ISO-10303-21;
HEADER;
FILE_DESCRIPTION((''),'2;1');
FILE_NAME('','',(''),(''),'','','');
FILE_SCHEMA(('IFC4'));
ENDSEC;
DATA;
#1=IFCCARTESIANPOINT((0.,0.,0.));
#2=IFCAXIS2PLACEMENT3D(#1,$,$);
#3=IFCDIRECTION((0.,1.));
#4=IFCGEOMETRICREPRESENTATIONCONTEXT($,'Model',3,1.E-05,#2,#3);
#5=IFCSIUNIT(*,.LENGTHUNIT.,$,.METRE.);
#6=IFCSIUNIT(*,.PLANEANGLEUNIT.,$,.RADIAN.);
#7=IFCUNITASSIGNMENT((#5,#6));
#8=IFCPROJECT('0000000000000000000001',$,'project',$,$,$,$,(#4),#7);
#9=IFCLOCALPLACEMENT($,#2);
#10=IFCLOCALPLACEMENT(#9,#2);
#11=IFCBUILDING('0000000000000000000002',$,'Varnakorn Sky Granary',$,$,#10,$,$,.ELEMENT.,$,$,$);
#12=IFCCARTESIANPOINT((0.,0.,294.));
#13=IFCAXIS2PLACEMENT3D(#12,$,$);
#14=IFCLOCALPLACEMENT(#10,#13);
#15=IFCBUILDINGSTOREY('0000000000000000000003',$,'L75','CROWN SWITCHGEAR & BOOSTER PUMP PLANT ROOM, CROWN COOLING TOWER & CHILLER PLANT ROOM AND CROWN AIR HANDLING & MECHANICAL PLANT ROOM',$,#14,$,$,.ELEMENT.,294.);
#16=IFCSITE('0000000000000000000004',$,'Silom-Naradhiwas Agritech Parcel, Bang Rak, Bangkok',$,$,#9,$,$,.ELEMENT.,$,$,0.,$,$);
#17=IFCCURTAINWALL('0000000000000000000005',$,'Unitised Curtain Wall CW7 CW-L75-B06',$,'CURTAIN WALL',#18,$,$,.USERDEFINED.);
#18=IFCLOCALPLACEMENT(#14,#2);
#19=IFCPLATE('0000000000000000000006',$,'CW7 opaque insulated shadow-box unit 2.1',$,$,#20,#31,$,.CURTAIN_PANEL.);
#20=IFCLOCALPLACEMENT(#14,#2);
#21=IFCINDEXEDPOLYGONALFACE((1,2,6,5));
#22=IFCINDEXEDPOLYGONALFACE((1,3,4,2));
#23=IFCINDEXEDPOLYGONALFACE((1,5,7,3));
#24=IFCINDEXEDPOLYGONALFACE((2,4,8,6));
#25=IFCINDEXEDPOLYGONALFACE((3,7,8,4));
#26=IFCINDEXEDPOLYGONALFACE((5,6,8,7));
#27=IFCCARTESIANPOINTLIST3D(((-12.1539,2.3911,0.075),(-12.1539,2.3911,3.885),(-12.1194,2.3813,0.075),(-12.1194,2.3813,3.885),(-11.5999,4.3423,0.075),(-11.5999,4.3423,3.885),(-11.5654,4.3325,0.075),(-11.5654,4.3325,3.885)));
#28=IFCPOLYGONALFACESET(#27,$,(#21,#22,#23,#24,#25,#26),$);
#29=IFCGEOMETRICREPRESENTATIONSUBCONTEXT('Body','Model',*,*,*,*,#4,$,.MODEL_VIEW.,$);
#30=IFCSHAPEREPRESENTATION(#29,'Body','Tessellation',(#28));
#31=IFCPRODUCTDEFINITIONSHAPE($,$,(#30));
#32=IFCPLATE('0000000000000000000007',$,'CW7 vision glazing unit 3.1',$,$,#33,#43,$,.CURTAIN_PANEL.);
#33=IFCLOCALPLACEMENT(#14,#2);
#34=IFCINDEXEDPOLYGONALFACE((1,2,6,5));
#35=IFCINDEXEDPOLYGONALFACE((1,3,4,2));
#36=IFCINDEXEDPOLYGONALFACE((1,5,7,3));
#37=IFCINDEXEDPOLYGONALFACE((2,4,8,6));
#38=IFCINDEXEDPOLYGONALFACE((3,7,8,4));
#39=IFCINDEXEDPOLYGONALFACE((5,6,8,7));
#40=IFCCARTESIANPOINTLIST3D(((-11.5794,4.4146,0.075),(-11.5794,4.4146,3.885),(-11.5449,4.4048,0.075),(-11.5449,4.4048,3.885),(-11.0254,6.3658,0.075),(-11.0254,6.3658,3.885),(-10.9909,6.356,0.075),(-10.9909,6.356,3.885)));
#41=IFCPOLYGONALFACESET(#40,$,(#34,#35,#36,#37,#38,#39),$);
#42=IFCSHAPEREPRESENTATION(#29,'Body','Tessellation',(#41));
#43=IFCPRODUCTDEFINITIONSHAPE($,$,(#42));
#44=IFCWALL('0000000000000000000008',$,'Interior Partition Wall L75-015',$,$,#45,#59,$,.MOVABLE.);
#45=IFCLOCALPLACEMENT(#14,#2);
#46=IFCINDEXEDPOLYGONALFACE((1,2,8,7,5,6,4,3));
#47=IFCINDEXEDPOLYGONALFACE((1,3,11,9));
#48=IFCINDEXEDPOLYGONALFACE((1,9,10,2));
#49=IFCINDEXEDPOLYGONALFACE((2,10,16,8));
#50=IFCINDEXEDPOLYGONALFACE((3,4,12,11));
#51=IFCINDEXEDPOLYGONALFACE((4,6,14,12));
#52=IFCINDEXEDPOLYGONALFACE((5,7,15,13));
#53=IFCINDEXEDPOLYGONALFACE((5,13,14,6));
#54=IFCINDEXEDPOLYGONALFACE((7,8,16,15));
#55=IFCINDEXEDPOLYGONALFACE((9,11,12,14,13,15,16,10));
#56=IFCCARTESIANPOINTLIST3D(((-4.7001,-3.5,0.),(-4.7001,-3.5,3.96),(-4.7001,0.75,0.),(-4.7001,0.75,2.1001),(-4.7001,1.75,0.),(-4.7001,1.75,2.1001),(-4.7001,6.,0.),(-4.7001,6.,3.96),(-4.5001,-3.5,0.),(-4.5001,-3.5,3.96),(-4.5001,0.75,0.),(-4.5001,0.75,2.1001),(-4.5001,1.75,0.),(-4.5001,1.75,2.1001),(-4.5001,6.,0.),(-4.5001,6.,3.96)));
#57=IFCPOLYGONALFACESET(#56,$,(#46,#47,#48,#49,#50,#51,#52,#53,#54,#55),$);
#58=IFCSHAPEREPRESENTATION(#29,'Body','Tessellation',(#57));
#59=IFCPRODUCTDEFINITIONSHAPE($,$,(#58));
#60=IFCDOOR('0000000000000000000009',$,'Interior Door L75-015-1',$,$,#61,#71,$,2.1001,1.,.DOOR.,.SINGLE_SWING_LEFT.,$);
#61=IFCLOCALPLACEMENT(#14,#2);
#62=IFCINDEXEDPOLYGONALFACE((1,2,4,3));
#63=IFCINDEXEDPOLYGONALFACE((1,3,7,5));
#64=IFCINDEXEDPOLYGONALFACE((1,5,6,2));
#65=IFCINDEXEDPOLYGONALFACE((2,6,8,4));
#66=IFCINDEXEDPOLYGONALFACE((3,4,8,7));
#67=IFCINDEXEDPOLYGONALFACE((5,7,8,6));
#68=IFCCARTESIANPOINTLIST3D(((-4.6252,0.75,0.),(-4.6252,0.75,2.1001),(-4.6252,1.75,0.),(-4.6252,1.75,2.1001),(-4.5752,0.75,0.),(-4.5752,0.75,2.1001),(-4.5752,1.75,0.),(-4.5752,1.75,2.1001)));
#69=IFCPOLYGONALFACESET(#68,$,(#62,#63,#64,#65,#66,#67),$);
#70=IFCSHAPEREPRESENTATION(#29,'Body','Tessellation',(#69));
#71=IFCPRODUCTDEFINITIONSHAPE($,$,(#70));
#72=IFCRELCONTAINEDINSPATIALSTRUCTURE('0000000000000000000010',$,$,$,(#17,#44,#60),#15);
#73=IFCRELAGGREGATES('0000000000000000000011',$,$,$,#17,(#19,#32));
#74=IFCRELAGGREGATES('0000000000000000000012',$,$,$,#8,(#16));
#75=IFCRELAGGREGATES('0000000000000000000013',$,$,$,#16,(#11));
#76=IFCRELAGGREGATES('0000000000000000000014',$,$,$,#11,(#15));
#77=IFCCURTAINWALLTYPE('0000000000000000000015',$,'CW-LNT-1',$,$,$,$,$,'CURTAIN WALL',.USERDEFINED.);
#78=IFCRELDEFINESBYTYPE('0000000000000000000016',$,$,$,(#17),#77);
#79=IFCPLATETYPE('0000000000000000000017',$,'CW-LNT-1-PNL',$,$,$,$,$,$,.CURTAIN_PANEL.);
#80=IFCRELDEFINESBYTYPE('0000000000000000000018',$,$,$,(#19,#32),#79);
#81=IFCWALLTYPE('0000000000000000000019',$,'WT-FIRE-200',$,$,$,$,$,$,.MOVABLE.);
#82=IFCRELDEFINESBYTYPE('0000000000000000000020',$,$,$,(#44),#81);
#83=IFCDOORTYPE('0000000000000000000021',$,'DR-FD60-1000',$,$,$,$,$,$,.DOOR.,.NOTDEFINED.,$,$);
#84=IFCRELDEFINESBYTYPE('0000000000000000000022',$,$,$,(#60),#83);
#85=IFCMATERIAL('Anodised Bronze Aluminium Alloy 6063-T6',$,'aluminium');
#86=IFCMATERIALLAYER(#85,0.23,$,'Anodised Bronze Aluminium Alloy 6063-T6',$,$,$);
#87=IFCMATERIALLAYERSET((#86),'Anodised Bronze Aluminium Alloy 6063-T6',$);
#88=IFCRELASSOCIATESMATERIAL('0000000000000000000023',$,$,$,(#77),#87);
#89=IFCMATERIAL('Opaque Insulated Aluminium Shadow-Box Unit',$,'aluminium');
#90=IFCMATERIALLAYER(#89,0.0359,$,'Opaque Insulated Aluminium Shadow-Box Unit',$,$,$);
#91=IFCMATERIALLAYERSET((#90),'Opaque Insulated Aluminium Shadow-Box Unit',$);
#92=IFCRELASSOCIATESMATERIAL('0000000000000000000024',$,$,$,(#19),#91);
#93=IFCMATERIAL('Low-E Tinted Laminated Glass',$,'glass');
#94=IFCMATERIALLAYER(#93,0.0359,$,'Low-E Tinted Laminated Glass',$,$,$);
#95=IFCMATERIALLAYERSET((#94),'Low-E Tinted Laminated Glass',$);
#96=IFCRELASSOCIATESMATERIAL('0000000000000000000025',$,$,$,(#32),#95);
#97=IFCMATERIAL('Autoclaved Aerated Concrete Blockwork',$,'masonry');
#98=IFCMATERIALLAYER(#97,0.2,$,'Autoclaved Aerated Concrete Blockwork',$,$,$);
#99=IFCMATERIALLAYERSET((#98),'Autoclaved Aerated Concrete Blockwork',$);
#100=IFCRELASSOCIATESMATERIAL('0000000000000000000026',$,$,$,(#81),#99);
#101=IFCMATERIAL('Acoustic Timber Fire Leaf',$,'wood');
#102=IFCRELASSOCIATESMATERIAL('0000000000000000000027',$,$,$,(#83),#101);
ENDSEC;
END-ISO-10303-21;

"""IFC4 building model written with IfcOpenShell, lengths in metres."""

from ifc_helpers import new_model, si_unit, direction, frame, frame_2d, origin, origin_2d, place, context, subcontext, project, spatial, rectangle, extrude, source, transform, mapped, material, layer, layer_set, type_object, element, fill, aggregate, save


model = new_model("IFC4")

# Units and contexts
model_context = context("Model", 3, precision=1e-05, world=origin(), true_north=direction((0.0, 1.0)))
body_context = subcontext(model_context, "Body", "Model", "MODEL_VIEW")
ifc_project = project(units=[si_unit("LENGTHUNIT", "METRE"), si_unit("PLANEANGLEUNIT", "RADIAN")], contexts=[model_context])

# Site, building, storey
site_placement = place(None, origin())
site = spatial("IfcSite", under=ifc_project, at=site_placement, Name="Silom-Naradhiwas Agritech Parcel, Bang Rak, Bangkok", CompositionType="ELEMENT", RefElevation=0.0)
building_placement = place(site_placement, origin())
building = spatial("IfcBuilding", under=site, at=building_placement, Name="Varnakorn Sky Granary", CompositionType="ELEMENT")
storey_placement = place(building_placement, frame((0.0, 0.0, 294.0)))
storey = spatial("IfcBuildingStorey", under=building, at=storey_placement, Name="L75", Description="CROWN SWITCHGEAR & BOOSTER PUMP PLANT ROOM, CROWN COOLING TOWER & CHILLER PLANT ROOM AND CROWN AIR HANDLING & MECHANICAL PLANT ROOM", CompositionType="ELEMENT", Elevation=294.0)

# Shared definitions
ifc_material_1 = material(Name="Anodised Bronze Aluminium Alloy 6063-T6", Category="aluminium")
ifc_layer_1 = layer(ifc_material_1, 0.23, Name="Anodised Bronze Aluminium Alloy 6063-T6")
ifc_layer_set_1 = layer_set([ifc_layer_1], Name="Anodised Bronze Aluminium Alloy 6063-T6")
curtain_wall_type = type_object("IfcCurtainWallType", Name="CW-LNT-1", ElementType="CURTAIN WALL", PredefinedType="USERDEFINED", material=ifc_layer_set_1)

# Curtain wall
curtain_wall_1_placement = place(storey_placement, origin())
curtain_wall_1 = element("IfcCurtainWall", 1, at=curtain_wall_1_placement, inside=storey, type_object=curtain_wall_type, Name="Unitised Curtain Wall CW7 CW-L75-B06", ObjectType="CURTAIN WALL", PredefinedType="USERDEFINED")

# Plates
ifc_material_2 = material(Name="Opaque Insulated Aluminium Shadow-Box Unit", Category="aluminium")
ifc_layer_2 = layer(ifc_material_2, 0.0359, Name="Opaque Insulated Aluminium Shadow-Box Unit")
ifc_layer_set_2 = layer_set([ifc_layer_2], Name="Opaque Insulated Aluminium Shadow-Box Unit")
plate_type = type_object("IfcPlateType", Name="CW-LNT-1-PNL", PredefinedType="CURTAIN_PANEL")
ifc_material_3 = material(Name="Low-E Tinted Laminated Glass", Category="glass")
ifc_layer_3 = layer(ifc_material_3, 0.0359, Name="Low-E Tinted Laminated Glass")
ifc_layer_set_3 = layer_set([ifc_layer_3], Name="Low-E Tinted Laminated Glass")
shared_shape_1 = source(origin(), body_context, "Body", "SweptSolid", [
    extrude(rectangle(XDim=2.0283, YDim=0.0359, at=origin_2d()), origin(), (0.0, 0.0, 1.0), 3.8101),
])
plate_1_placement = place(storey_placement, frame((-11.8596, 3.3618, 0.075), z_axis=(0.0, 0.0, 1.0), x_axis=(0.273126, 0.961978, 0.0)))
plate_1 = element("IfcPlate", 2, at=plate_1_placement, type_object=plate_type, material=ifc_layer_set_2, Name="CW7 opaque insulated shadow-box unit 2.1", PredefinedType="CURTAIN_PANEL", context=body_context, shape_type="MappedRepresentation", body=[
    mapped(shared_shape_1, transform((0.0, 0.0, 0.0), x_axis=(1.0, 0.0, 0.0), y_axis=(0.0, 1.0, 0.0), z_axis=(0.0, 0.0, 1.0), scale=1.0)),
])
plate_2_placement = place(storey_placement, frame((-11.2852, 5.3853, 0.075), z_axis=(0.0, 0.0, 1.0), x_axis=(0.273126, 0.961978, 0.0)))
plate_2 = element("IfcPlate", 3, at=plate_2_placement, type_object=plate_type, material=ifc_layer_set_3, Name="CW7 vision glazing unit 3.1", PredefinedType="CURTAIN_PANEL", context=body_context, shape_type="MappedRepresentation", body=[
    mapped(shared_shape_1, transform((0.0, 0.0, 0.0), x_axis=(1.0, 0.0, 0.0), y_axis=(0.0, 1.0, 0.0), z_axis=(0.0, 0.0, 1.0), scale=1.0)),
])
aggregate(curtain_wall_1, [plate_1, plate_2])

# Wall, opening, door
ifc_material_4 = material(Name="Autoclaved Aerated Concrete Blockwork", Category="masonry")
ifc_layer_4 = layer(ifc_material_4, 0.2, Name="Autoclaved Aerated Concrete Blockwork")
ifc_layer_set_4 = layer_set([ifc_layer_4], Name="Autoclaved Aerated Concrete Blockwork")
wall_type = type_object("IfcWallType", Name="WT-FIRE-200", PredefinedType="MOVABLE", material=ifc_layer_set_4)
wall_placement = place(storey_placement, frame((-4.6001, 6.0, 0.0), z_axis=(0.0, 0.0, 1.0), x_axis=(0.0, -1.0, 0.0)))
wall = element("IfcWall", 4, at=wall_placement, inside=storey, type_object=wall_type, Name="Interior Partition Wall L75-015", PredefinedType="MOVABLE", context=body_context, shape_type="SweptSolid", body=[
    extrude(rectangle(XDim=9.5, YDim=0.2, at=frame_2d((4.75, 0.0))), origin(), (0.0, 0.0, 1.0), 3.96),
])
opening_placement = place(wall_placement, frame((4.25, 0.0, 0.0)))
opening = element("IfcOpeningElement", 5, at=opening_placement, cuts=wall, PredefinedType="OPENING", context=body_context, shape_type="SweptSolid", body=[
    extrude(rectangle(XDim=1.0, YDim=2.1001, at=frame_2d((0.5, 1.05))), frame((0.0, 0.1099, 0.0), z_axis=(0.0, -1.0, 0.0), x_axis=(1.0, 0.0, 0.0)), (0.0, 0.0, 1.0), 0.22),
])
ifc_material_5 = material(Name="Acoustic Timber Fire Leaf", Category="wood")
door_type = type_object("IfcDoorType", Name="DR-FD60-1000", OperationType="NOTDEFINED", PredefinedType="DOOR", material=ifc_material_5)
door_placement = place(opening_placement, origin())
door = element("IfcDoor", 6, at=door_placement, inside=storey, type_object=door_type, Name="Interior Door L75-015-1", OperationType="SINGLE_SWING_LEFT", OverallHeight=2.1001, OverallWidth=1.0, PredefinedType="DOOR", context=body_context, shape_type="SweptSolid", body=[
    extrude(rectangle(XDim=1.0, YDim=2.1001, at=frame_2d((0.5, 1.05))), frame((0.0, 0.0249, 0.0), z_axis=(0.0, -1.0, 0.0), x_axis=(1.0, 0.0, 0.0)), (0.0, 0.0, 1.0), 0.05),
])
fill(opening, door)

save(model, "model.ifc")
